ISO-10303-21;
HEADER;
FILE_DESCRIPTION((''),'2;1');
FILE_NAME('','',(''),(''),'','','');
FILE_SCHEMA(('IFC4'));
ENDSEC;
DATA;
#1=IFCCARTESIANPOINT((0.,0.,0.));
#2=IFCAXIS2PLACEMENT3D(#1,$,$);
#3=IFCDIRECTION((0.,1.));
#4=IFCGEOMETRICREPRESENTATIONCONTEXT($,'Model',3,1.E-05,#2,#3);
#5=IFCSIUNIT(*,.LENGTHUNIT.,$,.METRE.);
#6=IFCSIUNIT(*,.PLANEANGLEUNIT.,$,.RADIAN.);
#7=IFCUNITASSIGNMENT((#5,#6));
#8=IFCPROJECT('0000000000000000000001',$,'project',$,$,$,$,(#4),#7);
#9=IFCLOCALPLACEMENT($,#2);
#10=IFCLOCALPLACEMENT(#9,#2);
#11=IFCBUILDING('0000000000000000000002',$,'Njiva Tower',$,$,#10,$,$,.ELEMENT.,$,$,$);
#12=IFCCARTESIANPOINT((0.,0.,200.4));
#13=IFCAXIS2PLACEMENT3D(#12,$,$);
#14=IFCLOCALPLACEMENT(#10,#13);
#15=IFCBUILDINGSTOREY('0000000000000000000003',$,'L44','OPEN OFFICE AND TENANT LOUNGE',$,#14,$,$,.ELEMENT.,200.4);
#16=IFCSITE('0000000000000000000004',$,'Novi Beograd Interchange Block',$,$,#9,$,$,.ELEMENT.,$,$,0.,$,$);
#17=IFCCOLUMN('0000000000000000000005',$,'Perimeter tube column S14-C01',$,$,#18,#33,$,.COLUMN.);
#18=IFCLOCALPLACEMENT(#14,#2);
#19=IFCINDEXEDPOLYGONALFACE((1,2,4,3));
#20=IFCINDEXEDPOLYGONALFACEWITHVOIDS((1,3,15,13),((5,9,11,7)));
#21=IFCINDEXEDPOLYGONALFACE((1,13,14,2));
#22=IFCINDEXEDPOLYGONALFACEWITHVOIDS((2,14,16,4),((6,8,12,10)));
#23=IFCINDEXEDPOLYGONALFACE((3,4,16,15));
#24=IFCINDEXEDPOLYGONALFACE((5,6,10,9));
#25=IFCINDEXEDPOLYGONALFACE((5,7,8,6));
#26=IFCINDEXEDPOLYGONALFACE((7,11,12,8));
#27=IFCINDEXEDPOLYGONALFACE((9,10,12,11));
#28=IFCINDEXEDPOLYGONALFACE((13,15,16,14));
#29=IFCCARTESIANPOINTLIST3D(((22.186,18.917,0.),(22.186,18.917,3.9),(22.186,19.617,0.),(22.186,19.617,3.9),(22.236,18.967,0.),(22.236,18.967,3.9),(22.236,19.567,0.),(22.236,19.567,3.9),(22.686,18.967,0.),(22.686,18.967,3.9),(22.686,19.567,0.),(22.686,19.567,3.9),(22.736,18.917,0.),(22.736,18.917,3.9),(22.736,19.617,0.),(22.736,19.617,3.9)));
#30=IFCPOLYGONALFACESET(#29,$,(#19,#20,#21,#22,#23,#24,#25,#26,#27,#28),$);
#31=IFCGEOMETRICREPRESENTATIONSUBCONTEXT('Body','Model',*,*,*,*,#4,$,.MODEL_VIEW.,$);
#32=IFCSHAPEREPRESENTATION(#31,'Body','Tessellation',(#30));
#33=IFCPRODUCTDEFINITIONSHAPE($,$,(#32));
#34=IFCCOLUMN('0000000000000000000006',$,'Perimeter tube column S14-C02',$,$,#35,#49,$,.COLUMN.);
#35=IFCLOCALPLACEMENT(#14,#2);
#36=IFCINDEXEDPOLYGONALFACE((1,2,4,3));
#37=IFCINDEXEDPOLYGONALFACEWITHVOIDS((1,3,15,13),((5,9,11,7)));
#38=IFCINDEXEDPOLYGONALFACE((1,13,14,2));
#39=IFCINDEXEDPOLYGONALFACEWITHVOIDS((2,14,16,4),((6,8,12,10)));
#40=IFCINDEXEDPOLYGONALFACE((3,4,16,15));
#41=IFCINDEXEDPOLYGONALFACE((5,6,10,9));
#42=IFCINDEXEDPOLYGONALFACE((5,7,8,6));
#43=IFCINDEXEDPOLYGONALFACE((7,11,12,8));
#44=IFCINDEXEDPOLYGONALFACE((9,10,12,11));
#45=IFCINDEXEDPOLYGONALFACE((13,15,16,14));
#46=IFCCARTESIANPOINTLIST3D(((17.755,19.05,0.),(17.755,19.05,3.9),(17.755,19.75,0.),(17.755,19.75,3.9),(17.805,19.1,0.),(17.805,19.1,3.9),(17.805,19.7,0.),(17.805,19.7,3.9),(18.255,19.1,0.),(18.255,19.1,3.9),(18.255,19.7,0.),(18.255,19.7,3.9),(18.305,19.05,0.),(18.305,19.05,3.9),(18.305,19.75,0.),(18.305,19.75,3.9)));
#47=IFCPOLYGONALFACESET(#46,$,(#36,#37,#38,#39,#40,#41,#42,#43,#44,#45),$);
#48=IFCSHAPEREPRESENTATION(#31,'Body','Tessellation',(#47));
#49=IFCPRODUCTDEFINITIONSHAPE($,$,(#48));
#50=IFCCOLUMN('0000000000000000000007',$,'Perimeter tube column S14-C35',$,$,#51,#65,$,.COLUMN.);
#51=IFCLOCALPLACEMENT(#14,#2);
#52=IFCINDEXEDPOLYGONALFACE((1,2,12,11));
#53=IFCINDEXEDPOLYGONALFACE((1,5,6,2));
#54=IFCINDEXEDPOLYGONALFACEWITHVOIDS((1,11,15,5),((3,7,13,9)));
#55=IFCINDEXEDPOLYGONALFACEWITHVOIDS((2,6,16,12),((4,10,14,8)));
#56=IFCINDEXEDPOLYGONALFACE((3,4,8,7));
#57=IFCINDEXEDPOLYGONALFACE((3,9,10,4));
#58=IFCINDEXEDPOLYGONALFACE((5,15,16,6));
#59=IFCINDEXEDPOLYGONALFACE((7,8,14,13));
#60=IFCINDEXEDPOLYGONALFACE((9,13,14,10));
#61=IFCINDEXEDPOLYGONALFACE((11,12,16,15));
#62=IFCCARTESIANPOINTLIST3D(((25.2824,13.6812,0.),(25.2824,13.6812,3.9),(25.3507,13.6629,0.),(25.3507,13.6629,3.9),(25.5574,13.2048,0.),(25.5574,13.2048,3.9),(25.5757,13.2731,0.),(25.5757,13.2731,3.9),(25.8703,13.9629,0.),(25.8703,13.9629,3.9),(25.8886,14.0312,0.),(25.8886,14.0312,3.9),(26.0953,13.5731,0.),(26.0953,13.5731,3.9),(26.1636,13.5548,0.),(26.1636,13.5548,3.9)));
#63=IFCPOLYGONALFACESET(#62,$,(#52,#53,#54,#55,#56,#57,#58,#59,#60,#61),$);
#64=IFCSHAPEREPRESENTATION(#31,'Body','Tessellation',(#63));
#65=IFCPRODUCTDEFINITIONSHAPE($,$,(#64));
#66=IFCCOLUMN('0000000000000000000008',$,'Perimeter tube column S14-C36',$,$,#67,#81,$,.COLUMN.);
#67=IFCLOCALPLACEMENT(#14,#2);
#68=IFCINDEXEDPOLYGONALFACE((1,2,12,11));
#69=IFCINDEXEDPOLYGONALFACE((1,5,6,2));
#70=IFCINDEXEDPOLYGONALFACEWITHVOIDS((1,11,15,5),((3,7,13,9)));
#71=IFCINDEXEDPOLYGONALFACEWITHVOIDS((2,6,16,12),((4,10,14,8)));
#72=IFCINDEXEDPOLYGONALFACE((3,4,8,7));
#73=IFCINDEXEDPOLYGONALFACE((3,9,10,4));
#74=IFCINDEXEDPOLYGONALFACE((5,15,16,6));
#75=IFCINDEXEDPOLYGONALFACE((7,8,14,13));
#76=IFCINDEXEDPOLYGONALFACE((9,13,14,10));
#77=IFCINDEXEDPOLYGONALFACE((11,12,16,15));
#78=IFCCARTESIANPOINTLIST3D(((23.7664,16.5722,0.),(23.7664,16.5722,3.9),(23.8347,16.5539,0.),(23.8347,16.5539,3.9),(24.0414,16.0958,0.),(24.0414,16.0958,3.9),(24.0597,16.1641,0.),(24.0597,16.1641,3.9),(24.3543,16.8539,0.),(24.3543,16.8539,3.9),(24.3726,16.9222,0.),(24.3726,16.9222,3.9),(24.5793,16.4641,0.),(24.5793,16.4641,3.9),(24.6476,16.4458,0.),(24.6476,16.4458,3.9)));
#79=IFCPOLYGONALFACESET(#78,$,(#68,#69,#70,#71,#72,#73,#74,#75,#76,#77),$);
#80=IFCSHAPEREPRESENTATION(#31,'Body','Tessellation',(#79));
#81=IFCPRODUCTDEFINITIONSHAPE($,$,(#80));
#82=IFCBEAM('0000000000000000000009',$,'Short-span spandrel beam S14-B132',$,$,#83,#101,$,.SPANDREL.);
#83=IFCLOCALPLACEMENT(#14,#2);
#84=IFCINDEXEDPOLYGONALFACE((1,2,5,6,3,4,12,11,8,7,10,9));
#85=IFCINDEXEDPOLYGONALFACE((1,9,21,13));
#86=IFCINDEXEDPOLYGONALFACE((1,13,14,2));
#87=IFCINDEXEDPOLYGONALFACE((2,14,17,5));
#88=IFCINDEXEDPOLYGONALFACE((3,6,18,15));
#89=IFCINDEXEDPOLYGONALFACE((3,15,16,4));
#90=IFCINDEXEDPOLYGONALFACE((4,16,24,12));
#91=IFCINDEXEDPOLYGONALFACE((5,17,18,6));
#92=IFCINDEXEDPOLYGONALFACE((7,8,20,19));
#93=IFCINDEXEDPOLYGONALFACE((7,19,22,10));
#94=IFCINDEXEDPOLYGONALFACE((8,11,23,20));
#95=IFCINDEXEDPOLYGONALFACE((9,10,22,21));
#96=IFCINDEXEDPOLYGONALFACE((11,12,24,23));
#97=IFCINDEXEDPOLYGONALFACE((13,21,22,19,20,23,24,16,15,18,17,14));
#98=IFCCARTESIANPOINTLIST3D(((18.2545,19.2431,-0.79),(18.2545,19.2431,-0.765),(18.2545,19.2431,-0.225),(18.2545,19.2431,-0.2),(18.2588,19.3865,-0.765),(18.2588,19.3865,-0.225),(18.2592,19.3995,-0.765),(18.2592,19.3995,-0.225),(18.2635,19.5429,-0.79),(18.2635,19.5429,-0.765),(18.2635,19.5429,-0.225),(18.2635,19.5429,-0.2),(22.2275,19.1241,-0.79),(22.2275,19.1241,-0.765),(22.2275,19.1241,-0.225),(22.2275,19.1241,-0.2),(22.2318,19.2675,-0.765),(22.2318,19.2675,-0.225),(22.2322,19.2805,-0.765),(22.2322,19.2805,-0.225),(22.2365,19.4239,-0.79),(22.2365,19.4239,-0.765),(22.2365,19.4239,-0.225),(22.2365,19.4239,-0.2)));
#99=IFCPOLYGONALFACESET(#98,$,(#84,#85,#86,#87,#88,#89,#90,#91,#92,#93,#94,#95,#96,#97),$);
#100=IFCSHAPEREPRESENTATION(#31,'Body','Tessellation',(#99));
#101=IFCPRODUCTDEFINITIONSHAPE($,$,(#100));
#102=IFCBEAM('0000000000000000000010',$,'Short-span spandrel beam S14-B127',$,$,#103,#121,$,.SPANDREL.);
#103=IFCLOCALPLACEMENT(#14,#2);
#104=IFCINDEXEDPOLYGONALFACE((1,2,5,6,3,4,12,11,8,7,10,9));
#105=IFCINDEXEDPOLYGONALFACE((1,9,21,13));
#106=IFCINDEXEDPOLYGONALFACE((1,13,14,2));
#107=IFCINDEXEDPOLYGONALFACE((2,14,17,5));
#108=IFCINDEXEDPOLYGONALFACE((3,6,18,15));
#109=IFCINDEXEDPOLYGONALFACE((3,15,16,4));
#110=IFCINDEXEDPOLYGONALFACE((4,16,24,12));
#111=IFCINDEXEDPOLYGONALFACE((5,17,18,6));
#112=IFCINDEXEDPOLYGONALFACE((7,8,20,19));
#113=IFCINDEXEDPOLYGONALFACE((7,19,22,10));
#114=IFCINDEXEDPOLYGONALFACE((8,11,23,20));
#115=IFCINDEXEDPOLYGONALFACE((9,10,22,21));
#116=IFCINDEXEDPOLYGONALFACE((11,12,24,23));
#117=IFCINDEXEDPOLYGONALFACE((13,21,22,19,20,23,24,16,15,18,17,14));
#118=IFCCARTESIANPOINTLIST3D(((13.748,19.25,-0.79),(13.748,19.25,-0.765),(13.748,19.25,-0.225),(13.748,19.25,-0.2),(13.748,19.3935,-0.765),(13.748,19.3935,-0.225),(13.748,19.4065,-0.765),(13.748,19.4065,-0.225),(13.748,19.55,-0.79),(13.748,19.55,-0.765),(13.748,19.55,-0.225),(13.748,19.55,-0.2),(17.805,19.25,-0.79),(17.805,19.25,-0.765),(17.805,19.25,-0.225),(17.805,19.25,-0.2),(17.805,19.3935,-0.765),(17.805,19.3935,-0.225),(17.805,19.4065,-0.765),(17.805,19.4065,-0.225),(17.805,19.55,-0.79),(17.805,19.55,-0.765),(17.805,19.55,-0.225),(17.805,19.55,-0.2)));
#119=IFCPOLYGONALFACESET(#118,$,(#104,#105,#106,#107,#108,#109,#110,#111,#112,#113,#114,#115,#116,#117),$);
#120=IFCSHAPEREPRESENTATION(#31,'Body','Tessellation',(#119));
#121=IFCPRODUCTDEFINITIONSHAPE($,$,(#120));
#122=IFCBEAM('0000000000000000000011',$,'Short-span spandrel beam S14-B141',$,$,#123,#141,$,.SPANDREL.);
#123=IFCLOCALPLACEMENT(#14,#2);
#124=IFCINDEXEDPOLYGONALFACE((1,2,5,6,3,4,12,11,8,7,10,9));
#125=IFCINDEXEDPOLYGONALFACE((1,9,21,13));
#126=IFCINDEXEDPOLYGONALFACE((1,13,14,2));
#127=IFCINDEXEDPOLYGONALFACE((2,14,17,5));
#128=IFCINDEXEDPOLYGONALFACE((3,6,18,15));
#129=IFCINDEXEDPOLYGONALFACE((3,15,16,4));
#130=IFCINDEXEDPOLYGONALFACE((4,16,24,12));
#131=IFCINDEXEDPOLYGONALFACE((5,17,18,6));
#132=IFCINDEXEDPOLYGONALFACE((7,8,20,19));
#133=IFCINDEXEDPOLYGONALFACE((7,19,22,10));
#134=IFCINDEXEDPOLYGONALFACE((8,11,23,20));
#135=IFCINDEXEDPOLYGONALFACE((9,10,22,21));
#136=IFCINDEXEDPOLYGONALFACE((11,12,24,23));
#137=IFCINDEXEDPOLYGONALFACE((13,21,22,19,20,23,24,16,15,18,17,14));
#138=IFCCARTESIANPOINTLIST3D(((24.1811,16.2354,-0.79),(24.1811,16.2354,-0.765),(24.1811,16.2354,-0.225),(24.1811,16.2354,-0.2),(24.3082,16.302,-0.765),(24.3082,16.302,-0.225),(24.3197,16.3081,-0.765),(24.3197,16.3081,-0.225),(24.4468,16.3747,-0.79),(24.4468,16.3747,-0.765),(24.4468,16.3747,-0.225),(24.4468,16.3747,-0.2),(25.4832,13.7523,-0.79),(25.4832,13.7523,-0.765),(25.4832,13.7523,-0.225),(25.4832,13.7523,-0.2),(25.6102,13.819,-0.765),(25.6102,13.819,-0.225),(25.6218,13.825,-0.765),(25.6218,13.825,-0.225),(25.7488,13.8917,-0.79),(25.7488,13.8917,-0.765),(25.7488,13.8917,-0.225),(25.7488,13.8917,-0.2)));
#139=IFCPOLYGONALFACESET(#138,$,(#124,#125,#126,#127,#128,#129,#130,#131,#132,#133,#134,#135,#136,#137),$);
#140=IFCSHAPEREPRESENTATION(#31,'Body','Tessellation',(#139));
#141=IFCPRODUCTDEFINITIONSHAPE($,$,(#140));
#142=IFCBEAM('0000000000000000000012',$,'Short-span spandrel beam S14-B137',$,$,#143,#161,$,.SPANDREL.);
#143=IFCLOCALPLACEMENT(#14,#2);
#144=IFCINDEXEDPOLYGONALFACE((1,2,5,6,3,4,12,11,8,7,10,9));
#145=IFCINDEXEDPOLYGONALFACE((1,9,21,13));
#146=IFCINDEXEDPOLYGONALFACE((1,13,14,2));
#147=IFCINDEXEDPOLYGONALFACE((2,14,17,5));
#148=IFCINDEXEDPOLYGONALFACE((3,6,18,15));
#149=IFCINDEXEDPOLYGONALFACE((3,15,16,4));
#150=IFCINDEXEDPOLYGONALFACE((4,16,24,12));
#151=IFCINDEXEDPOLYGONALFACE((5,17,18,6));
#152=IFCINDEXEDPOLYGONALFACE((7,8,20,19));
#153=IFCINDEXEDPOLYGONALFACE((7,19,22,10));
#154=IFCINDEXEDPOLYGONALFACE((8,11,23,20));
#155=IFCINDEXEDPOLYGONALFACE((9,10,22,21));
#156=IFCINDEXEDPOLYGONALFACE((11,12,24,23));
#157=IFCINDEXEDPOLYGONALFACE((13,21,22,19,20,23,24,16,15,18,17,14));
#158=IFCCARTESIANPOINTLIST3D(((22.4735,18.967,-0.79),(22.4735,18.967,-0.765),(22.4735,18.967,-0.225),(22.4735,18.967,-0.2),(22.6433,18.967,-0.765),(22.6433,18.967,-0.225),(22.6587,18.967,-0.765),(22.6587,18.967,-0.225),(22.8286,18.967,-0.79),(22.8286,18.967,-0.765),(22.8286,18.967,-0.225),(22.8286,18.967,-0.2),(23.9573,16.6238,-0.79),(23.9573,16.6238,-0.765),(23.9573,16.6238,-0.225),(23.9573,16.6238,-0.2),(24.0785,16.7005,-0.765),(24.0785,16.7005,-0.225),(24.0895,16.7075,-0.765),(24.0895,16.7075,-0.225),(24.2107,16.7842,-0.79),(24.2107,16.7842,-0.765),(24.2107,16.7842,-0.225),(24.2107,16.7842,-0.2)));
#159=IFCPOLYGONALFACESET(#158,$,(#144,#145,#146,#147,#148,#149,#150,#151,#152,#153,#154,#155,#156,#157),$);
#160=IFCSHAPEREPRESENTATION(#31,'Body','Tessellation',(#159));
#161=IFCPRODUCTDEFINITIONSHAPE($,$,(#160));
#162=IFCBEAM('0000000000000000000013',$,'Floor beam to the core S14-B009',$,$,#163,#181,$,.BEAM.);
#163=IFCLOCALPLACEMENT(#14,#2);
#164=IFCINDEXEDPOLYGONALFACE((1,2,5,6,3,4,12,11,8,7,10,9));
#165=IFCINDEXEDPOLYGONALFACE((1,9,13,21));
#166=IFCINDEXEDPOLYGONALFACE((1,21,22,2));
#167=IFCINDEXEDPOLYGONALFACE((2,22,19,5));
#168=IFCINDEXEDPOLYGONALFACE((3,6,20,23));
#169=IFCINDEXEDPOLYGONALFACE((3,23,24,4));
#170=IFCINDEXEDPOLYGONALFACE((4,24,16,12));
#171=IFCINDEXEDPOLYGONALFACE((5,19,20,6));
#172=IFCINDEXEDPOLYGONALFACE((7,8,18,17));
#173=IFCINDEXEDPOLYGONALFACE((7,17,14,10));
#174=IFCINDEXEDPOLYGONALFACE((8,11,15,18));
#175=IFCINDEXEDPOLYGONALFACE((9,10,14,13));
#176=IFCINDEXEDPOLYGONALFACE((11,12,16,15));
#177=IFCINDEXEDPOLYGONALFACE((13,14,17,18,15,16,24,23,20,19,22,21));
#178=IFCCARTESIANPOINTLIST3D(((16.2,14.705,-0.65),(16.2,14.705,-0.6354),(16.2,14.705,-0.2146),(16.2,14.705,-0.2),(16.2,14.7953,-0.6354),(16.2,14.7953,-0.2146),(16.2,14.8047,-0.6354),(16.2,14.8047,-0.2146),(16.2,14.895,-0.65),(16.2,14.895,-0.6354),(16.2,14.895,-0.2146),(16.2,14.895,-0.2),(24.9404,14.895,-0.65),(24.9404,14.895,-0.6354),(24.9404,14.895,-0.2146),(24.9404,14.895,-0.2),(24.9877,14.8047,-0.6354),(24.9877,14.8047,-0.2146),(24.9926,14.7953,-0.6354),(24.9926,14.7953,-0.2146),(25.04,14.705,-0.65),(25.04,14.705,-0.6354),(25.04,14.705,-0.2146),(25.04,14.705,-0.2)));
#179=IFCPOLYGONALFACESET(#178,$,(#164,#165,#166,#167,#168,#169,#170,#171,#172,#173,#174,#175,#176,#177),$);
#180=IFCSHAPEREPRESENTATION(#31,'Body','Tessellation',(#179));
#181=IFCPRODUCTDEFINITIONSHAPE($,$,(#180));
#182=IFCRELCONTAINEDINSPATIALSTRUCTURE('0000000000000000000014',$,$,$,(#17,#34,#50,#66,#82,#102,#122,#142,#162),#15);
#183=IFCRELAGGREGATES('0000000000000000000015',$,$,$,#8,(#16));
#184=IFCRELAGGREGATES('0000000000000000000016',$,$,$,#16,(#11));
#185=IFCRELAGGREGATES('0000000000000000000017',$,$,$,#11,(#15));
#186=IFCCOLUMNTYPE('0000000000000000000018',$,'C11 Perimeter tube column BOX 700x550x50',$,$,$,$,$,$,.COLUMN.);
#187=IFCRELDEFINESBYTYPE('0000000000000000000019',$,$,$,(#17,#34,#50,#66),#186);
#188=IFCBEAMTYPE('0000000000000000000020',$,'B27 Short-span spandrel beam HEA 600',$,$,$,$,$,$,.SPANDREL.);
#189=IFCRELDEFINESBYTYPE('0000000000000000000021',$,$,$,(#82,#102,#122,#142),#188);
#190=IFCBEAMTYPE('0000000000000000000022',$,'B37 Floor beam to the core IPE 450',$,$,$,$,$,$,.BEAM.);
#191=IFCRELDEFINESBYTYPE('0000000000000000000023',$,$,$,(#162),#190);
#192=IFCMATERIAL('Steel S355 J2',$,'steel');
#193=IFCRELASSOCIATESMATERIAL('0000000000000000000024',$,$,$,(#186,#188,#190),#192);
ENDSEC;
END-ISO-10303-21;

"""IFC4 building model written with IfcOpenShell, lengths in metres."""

from ifc_helpers import new_model, si_unit, direction, frame, origin, origin_2d, place, context, subcontext, project, spatial, hollow_rectangle, i_section, extrude, clip, halfspace, material, material_profile, profile_set, type_object, element, save


model = new_model("IFC4")

# Units and contexts
model_context = context("Model", 3, precision=1e-05, world=origin(), true_north=direction((0.0, 1.0)))
body_context = subcontext(model_context, "Body", "Model", "MODEL_VIEW")
ifc_project = project(units=[si_unit("LENGTHUNIT", "METRE"), si_unit("PLANEANGLEUNIT", "RADIAN")], contexts=[model_context])

# Site, building, storey
site_placement = place(None, origin())
site = spatial("IfcSite", under=ifc_project, at=site_placement, Name="Novi Beograd Interchange Block", CompositionType="ELEMENT", RefElevation=0.0)
building_placement = place(site_placement, origin())
building = spatial("IfcBuilding", under=site, at=building_placement, Name="Njiva Tower", CompositionType="ELEMENT")
storey_placement = place(building_placement, frame((0.0, 0.0, 200.4)))
storey = spatial("IfcBuildingStorey", under=building, at=storey_placement, Name="L44", Description="OPEN OFFICE AND TENANT LOUNGE", CompositionType="ELEMENT", Elevation=200.4)

# Columns
ifc_material_1 = material(Name="Steel S355 J2", Category="steel")
ifc_material_profile_1 = material_profile(ifc_material_1, hollow_rectangle(XDim=0.55, YDim=0.7, WallThickness=0.05, at=origin_2d()), Name="BOX 700x550x50")
ifc_profile_set_1 = profile_set([ifc_material_profile_1], Name="Steel S355 J2")
column_type = type_object("IfcColumnType", Name="C11 Perimeter tube column BOX 700x550x50", PredefinedType="COLUMN", material=ifc_profile_set_1)
for number, where, z_axis, x_axis, name in (
    (1, (22.461, 19.267, 0.0), (0.0, 0.0, 1.0), (-1.0, 0.0, 0.0), "Perimeter tube column S14-C01"),
    (2, (18.03, 19.4, 0.0), (0.0, 0.0, 1.0), (-1.0, 0.0, 0.0), "Perimeter tube column S14-C02"),
    (3, (25.723, 13.618, 0.0), (0.0, 0.0, 1.0), (-0.5, 0.866025, 0.0), "Perimeter tube column S14-C35"),
    (4, (24.207, 16.509, 0.0), (0.0, 0.0, 1.0), (-0.5, 0.866025, 0.0), "Perimeter tube column S14-C36"),
):
    element("IfcColumn", number, at=place(storey_placement, frame(where, z_axis=z_axis, x_axis=x_axis)), inside=storey, type_object=column_type, Name=name, PredefinedType="COLUMN", context=body_context, shape_type="SweptSolid", body=[
        extrude(hollow_rectangle(XDim=0.55, YDim=0.7, WallThickness=0.05, at=origin_2d()), origin(), (0.0, 0.0, 1.0), 3.9),
    ])

# Beams
ifc_material_profile_2 = material_profile(ifc_material_1, i_section(OverallWidth=0.3, OverallDepth=0.59, WebThickness=0.013, FlangeThickness=0.025, at=origin_2d()), Name="HEA 600")
ifc_profile_set_2 = profile_set([ifc_material_profile_2], Name="Steel S355 J2")
beam_type_1 = type_object("IfcBeamType", Name="B27 Short-span spandrel beam HEA 600", PredefinedType="SPANDREL", material=ifc_profile_set_2)
beam_1_placement = place(storey_placement, frame((22.232, 19.274, -0.495), z_axis=(-0.999552, 0.029939, 0.0), x_axis=(-0.029939, -0.999552, 0.0)))
element("IfcBeam", 5, at=beam_1_placement, inside=storey, type_object=beam_type_1, Name="Short-span spandrel beam S14-B132", PredefinedType="SPANDREL", context=body_context, shape_type="SweptSolid", body=[
    extrude(i_section(OverallWidth=0.3, OverallDepth=0.59, WebThickness=0.013, FlangeThickness=0.025, at=origin_2d()), origin(), (0.0, 0.0, 1.0), 3.9748),
])
beam_2_placement = place(storey_placement, frame((17.805, 19.4, -0.495), z_axis=(-1.0, 0.0, 0.0), x_axis=(0.0, -1.0, 0.0)))
element("IfcBeam", 6, at=beam_2_placement, inside=storey, type_object=beam_type_1, Name="Short-span spandrel beam S14-B127", PredefinedType="SPANDREL", context=body_context, shape_type="SweptSolid", body=[
    extrude(i_section(OverallWidth=0.3, OverallDepth=0.59, WebThickness=0.013, FlangeThickness=0.025, at=origin_2d()), origin(), (0.0, 0.0, 1.0), 4.057),
])
beam_3_placement = place(storey_placement, frame((25.616, 13.822, -0.495), z_axis=(-0.464393, 0.885629, 0.0), x_axis=(-0.885629, -0.464393, 0.0)))
element("IfcBeam", 7, at=beam_3_placement, inside=storey, type_object=beam_type_1, Name="Short-span spandrel beam S14-B141", PredefinedType="SPANDREL", context=body_context, shape_type="SweptSolid", body=[
    extrude(i_section(OverallWidth=0.3, OverallDepth=0.59, WebThickness=0.013, FlangeThickness=0.025, at=origin_2d()), origin(), (0.0, 0.0, 1.0), 2.8037),
])
beam_4_placement = place(storey_placement, frame((24.084, 16.704, -0.495), z_axis=(-0.53499, 0.844858, 0.0), x_axis=(-0.844858, -0.53499, 0.0)))
element("IfcBeam", 8, at=beam_4_placement, inside=storey, type_object=beam_type_1, Name="Short-span spandrel beam S14-B137", PredefinedType="SPANDREL", context=body_context, shape_type="Clipping", body=[
    clip(extrude(i_section(OverallWidth=0.3, OverallDepth=0.59, WebThickness=0.013, FlangeThickness=0.025, at=origin_2d()), origin(), (0.0, 0.0, 1.0), 2.7936), halfspace(frame((-0.0269, 0.0, 2.6615), z_axis=(-0.53499, 0.0, 0.844858), x_axis=(0.0, 1.0, 0.0)), False)),
])
ifc_material_profile_3 = material_profile(ifc_material_1, i_section(OverallWidth=0.19, OverallDepth=0.45, WebThickness=0.0094, FlangeThickness=0.0146, at=origin_2d()), Name="IPE 450")
ifc_profile_set_3 = profile_set([ifc_material_profile_3], Name="Steel S355 J2")
beam_type_2 = type_object("IfcBeamType", Name="B37 Floor beam to the core IPE 450", PredefinedType="BEAM", material=ifc_profile_set_3)
beam_5_placement = place(storey_placement, frame((16.2, 14.8, -0.425), z_axis=(1.0, 0.0, 0.0), x_axis=(0.0, 1.0, 0.0)))
element("IfcBeam", 9, at=beam_5_placement, inside=storey, type_object=beam_type_2, Name="Floor beam to the core S14-B009", PredefinedType="BEAM", context=body_context, shape_type="Clipping", body=[
    clip(extrude(i_section(OverallWidth=0.19, OverallDepth=0.45, WebThickness=0.0094, FlangeThickness=0.0146, at=origin_2d()), origin(), (0.0, 0.0, 1.0), 8.86), halfspace(frame((0.0232, 0.0, 8.778), z_axis=(0.464267, 0.0, 0.885695), x_axis=(0.0, 1.0, 0.0)), False)),
])

save(model, "model.ifc")
